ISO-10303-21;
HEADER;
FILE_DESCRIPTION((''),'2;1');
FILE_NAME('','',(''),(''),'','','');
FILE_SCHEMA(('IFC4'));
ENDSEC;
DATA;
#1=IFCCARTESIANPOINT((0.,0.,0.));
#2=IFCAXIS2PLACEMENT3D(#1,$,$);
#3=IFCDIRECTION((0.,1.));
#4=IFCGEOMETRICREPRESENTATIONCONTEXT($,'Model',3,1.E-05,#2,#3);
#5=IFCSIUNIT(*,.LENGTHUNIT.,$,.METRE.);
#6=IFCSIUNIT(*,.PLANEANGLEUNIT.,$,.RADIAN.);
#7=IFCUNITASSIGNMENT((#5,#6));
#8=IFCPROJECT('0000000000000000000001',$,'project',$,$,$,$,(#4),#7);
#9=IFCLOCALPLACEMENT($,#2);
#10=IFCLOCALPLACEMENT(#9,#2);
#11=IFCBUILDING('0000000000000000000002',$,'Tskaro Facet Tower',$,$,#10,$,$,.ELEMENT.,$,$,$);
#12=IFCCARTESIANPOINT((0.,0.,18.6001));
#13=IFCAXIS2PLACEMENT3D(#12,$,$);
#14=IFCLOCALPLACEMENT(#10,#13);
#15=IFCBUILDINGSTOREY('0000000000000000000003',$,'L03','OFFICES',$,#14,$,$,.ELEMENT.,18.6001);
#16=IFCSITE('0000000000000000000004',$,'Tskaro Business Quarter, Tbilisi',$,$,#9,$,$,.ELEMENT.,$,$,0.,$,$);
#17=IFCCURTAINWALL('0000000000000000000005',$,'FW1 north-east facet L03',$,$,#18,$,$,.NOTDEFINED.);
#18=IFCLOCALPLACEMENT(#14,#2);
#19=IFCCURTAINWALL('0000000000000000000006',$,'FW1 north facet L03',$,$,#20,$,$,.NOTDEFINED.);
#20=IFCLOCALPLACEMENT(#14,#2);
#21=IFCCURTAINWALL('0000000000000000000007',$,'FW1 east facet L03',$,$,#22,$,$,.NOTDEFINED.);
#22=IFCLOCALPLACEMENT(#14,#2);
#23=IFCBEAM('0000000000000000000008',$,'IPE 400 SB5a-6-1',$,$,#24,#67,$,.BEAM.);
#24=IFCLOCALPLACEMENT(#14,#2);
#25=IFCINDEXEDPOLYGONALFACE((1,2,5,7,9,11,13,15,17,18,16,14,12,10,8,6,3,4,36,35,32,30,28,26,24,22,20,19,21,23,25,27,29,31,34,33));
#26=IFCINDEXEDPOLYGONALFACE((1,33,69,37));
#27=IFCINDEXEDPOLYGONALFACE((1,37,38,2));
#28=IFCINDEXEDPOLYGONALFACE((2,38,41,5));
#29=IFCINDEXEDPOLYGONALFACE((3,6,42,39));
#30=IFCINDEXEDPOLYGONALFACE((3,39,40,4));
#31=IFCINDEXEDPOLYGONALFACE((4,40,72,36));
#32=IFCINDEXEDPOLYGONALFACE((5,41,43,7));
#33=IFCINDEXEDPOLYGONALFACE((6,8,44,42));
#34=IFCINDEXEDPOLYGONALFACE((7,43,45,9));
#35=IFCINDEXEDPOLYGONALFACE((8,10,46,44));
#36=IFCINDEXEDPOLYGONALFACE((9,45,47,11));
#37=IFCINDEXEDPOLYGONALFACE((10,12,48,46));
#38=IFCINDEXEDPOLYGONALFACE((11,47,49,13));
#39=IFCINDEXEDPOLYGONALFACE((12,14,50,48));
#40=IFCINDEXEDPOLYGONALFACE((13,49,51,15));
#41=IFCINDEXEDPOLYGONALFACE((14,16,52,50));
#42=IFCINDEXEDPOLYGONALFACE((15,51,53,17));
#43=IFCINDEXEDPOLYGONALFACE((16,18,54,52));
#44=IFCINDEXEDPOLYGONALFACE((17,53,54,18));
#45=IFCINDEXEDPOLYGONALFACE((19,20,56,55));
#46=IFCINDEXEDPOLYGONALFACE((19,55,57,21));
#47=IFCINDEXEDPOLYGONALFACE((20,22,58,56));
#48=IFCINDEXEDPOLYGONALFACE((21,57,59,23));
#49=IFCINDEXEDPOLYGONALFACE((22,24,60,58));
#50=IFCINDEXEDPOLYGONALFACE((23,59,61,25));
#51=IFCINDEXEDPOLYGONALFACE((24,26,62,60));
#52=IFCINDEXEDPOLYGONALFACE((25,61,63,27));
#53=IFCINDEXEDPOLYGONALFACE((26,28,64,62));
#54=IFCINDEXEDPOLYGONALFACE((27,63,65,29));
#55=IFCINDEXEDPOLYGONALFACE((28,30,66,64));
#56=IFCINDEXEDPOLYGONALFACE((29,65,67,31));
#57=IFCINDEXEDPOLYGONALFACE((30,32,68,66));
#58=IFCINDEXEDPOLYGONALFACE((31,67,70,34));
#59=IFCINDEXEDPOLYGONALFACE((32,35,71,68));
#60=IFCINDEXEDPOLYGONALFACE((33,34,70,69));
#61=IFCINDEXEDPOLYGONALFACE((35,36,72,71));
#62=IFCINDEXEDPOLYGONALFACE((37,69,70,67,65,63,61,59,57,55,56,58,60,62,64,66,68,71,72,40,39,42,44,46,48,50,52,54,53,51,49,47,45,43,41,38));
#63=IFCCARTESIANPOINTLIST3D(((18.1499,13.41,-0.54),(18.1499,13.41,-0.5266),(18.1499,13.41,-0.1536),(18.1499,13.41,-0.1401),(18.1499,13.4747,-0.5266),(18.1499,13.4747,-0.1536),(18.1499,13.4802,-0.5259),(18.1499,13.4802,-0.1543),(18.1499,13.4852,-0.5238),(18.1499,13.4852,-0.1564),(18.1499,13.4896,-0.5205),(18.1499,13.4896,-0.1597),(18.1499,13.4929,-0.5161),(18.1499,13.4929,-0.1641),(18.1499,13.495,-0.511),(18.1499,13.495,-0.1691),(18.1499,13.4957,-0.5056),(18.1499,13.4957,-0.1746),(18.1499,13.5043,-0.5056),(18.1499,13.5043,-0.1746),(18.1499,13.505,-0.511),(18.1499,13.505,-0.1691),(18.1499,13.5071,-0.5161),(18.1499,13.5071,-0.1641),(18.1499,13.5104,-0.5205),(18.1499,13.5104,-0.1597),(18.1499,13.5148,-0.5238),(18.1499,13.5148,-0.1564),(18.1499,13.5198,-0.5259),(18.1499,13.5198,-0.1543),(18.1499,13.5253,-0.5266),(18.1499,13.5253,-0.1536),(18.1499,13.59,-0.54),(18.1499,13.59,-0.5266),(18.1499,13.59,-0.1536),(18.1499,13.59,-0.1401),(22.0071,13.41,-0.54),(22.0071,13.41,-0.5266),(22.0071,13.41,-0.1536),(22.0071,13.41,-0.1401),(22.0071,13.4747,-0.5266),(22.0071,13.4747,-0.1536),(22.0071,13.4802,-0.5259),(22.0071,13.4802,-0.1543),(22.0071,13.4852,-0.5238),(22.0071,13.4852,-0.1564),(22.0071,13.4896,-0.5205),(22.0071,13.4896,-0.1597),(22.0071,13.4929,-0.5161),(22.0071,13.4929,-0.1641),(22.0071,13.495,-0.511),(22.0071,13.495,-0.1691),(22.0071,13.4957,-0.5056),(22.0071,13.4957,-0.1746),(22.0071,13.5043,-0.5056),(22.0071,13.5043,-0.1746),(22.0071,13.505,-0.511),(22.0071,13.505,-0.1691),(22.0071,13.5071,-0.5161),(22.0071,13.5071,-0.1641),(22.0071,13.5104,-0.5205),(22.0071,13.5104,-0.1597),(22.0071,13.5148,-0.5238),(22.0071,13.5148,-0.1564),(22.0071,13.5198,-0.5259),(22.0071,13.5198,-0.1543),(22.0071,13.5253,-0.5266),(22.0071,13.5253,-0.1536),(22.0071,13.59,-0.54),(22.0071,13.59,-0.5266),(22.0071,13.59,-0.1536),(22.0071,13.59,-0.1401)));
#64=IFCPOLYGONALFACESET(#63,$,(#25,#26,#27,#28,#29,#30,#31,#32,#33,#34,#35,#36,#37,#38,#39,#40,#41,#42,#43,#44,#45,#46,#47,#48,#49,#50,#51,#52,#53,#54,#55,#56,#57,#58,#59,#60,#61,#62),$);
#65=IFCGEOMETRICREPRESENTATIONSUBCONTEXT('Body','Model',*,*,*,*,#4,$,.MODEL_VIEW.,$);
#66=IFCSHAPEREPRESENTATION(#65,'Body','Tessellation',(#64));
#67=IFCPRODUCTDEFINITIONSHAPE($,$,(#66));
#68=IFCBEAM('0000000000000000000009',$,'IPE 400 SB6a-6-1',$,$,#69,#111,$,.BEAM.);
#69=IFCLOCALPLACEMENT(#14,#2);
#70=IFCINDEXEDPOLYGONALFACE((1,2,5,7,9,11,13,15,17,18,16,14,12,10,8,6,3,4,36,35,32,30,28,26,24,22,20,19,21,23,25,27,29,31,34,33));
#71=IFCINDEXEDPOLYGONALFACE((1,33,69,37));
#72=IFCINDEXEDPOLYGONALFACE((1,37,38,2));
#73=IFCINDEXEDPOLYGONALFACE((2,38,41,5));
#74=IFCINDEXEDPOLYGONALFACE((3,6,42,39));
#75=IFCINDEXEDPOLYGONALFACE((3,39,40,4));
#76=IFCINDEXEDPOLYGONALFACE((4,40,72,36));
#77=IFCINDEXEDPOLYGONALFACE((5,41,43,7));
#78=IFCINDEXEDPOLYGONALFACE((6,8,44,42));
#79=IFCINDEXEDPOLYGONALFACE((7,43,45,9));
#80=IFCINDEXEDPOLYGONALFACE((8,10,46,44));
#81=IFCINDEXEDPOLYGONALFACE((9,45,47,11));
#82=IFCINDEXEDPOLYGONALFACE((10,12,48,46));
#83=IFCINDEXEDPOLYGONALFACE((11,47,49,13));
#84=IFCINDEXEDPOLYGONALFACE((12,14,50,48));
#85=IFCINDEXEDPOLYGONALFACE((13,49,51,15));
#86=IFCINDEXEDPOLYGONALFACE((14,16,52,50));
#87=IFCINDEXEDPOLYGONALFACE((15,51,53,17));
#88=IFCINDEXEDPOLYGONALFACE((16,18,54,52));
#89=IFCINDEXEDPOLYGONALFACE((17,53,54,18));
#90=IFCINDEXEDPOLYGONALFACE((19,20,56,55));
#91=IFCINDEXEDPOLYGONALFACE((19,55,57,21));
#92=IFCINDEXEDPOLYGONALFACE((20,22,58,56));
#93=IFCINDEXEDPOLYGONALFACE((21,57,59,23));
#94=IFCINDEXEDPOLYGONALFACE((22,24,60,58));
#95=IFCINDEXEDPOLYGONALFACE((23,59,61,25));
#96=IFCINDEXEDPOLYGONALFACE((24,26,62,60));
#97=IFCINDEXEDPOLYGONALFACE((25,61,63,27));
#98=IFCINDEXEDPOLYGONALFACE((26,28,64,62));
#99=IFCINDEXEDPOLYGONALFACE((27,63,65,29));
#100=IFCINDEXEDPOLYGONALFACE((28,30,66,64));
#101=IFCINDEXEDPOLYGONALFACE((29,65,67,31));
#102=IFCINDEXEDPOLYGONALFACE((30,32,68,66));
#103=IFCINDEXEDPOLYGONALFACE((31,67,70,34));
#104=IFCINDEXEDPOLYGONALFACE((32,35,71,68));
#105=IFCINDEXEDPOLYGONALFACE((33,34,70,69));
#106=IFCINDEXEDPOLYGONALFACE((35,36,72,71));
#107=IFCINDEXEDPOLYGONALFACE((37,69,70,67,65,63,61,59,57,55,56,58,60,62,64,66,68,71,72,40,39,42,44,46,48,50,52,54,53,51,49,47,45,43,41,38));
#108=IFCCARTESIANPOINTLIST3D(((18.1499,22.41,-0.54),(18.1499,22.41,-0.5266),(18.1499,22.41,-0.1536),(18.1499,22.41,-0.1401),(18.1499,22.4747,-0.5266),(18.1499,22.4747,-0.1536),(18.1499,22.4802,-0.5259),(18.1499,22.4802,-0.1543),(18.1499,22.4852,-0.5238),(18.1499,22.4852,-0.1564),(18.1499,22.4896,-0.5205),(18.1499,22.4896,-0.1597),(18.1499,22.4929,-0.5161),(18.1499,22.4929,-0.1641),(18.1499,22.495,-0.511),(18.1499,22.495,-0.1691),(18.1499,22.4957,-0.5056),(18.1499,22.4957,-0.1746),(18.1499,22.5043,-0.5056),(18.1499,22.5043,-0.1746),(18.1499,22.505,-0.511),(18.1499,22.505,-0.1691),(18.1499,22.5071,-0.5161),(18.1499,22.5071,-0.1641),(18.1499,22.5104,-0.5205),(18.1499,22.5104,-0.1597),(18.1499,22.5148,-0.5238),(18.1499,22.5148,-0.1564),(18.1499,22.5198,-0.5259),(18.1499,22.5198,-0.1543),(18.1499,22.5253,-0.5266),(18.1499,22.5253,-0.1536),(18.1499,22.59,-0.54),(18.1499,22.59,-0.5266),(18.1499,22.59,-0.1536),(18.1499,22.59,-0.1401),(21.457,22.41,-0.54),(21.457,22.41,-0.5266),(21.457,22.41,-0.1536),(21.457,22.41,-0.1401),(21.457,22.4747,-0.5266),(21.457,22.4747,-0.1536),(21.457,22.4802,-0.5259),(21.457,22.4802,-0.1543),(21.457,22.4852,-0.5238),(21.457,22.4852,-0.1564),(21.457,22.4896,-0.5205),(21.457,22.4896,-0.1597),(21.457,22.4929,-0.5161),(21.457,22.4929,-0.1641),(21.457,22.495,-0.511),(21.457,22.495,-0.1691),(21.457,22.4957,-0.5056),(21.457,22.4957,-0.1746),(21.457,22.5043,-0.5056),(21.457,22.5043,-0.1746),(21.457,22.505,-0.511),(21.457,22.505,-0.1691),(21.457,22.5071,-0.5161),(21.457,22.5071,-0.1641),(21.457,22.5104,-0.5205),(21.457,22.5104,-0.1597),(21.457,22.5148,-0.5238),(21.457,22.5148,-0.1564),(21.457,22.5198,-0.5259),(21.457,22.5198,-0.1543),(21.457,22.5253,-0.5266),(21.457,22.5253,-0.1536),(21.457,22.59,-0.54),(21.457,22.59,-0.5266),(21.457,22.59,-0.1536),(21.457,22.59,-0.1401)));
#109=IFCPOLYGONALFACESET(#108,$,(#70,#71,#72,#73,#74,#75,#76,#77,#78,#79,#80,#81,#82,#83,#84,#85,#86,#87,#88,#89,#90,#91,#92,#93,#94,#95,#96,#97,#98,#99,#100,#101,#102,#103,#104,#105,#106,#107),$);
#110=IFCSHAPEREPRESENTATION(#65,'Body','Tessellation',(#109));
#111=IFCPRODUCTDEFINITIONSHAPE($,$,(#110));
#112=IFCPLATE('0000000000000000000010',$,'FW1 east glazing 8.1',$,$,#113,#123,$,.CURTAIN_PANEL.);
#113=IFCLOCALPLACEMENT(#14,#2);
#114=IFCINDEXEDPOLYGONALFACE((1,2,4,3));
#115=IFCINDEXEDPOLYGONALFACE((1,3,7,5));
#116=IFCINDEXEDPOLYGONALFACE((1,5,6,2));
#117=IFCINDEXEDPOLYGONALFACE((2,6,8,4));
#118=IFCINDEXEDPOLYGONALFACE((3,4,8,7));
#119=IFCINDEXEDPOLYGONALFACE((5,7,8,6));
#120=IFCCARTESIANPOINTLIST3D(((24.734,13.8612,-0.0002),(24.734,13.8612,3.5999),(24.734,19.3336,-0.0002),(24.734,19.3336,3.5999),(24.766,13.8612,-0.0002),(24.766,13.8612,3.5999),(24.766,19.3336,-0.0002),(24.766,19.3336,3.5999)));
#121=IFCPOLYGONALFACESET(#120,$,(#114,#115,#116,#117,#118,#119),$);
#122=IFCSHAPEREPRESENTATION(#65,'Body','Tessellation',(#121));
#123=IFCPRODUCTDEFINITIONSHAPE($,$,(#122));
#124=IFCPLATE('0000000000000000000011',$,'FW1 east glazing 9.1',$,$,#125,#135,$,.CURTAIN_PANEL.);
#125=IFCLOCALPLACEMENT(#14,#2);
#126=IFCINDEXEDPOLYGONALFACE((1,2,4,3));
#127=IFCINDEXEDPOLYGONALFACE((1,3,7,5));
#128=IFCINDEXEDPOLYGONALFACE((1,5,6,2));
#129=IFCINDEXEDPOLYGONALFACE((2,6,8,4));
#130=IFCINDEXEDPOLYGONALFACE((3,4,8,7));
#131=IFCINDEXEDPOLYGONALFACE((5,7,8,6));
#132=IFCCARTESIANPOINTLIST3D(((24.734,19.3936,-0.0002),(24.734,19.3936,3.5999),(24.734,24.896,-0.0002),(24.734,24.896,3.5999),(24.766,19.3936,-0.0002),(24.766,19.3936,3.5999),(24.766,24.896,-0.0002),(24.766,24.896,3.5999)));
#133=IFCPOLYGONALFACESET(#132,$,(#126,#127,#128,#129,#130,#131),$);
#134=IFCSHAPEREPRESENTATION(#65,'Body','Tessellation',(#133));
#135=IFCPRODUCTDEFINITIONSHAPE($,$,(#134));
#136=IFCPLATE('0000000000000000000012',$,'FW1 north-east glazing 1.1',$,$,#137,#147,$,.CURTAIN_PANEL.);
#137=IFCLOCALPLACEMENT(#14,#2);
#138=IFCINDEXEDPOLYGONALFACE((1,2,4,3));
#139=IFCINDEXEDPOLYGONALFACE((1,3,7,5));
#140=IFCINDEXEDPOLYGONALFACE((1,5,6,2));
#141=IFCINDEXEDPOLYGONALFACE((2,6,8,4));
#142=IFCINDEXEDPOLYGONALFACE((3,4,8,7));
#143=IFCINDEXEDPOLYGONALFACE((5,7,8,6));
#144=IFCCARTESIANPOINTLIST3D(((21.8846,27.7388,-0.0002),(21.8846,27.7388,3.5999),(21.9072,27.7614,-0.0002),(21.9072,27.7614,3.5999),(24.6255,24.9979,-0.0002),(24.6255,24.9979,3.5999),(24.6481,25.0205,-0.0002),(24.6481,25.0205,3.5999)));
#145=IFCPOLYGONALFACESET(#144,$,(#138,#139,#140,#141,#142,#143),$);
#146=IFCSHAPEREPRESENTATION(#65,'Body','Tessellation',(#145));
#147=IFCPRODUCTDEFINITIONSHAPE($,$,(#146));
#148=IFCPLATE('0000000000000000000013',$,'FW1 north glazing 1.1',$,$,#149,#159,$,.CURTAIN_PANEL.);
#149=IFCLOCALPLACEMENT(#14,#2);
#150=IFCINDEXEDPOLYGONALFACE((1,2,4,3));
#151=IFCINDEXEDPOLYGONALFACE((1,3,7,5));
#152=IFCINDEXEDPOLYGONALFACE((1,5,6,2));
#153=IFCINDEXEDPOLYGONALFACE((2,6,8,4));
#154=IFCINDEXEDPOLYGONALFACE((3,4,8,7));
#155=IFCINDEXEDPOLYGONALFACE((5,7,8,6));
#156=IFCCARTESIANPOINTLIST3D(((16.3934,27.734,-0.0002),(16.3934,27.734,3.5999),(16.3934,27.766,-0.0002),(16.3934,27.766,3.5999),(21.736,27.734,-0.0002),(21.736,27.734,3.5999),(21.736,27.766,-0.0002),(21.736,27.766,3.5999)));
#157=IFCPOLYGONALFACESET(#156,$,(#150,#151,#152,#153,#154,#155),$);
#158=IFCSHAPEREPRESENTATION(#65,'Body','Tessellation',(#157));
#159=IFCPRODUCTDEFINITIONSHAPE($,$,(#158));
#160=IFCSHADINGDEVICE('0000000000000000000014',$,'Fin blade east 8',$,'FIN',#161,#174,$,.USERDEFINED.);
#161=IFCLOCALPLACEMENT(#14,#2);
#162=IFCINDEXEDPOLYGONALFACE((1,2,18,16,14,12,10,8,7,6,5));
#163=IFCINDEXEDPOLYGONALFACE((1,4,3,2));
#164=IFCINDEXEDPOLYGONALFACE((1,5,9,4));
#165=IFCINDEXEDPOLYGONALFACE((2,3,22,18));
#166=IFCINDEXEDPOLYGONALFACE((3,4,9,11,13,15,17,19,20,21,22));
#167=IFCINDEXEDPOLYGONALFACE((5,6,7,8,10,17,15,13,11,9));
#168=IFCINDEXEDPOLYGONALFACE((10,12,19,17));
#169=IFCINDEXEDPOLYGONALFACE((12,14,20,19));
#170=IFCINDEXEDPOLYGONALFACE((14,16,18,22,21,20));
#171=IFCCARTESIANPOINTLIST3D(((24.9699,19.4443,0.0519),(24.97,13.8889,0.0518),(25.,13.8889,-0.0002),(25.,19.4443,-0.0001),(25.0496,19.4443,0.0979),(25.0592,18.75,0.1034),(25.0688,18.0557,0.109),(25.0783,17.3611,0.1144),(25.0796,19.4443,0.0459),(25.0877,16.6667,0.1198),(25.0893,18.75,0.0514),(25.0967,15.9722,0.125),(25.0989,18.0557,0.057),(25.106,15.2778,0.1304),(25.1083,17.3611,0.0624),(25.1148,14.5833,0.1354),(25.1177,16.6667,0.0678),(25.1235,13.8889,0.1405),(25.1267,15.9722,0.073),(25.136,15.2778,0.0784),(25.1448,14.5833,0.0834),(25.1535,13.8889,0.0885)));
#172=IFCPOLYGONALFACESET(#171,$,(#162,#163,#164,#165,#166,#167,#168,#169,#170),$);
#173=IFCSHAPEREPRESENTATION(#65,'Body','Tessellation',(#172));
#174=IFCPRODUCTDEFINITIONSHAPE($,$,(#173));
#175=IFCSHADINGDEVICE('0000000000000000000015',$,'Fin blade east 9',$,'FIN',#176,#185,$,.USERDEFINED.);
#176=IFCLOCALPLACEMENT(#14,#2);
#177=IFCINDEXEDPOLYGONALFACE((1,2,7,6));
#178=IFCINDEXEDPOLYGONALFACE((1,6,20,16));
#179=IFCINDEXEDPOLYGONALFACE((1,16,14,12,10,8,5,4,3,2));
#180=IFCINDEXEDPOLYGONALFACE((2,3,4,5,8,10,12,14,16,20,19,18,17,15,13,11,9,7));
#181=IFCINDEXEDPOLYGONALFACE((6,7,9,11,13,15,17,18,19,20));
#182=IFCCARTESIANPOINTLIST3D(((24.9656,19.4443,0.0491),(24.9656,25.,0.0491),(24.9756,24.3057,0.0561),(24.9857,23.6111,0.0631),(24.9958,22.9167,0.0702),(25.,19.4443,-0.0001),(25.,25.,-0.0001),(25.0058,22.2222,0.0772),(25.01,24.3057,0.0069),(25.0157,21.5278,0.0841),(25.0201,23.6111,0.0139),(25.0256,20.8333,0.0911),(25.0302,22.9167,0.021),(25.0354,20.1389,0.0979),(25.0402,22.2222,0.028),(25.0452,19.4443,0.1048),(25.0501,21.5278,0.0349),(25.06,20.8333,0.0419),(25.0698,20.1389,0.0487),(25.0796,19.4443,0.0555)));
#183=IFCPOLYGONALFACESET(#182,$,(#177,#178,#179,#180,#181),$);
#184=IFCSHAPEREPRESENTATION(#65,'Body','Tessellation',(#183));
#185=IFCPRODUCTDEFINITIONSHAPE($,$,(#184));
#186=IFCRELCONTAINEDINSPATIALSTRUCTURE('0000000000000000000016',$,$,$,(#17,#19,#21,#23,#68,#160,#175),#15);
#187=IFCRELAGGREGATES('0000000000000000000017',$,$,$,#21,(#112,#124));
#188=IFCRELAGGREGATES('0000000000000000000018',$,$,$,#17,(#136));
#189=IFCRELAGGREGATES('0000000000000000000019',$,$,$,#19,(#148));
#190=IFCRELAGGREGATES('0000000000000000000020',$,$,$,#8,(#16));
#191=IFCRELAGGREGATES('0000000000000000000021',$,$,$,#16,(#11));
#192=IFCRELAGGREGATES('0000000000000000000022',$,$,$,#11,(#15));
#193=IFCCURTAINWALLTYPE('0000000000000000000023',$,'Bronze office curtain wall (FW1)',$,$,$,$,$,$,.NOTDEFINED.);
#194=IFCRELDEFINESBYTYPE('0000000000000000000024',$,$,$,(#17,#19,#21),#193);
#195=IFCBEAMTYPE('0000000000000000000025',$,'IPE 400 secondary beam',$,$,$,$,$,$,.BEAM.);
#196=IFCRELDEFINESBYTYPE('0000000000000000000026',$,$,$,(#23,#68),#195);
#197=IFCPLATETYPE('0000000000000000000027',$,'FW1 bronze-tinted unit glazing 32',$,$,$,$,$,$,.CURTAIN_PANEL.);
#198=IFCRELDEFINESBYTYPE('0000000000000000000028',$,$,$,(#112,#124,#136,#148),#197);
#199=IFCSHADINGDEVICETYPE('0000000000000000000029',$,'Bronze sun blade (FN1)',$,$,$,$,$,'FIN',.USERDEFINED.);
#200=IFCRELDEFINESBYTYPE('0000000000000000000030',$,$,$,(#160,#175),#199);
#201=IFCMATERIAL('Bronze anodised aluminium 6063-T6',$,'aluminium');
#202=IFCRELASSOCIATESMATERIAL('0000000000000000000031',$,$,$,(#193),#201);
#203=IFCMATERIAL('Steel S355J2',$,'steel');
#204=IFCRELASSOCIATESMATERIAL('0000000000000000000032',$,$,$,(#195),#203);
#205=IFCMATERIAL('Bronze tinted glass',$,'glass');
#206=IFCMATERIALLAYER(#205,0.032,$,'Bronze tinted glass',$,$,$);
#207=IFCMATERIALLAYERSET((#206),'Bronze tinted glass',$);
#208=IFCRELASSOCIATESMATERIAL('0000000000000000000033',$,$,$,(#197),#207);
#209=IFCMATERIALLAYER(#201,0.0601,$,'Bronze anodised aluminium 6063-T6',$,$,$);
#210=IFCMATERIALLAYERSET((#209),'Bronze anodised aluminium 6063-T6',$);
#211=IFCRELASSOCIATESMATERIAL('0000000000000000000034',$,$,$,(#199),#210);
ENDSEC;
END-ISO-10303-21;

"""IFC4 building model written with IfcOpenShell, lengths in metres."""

from ifc_helpers import new_model, si_unit, direction, frame, origin, origin_2d, place, context, subcontext, project, spatial, polyline, rectangle, i_section, outline, extrude, material, layer, layer_set, material_profile, profile_set, type_object, element, aggregate, save


model = new_model("IFC4")

# Units and contexts
model_context = context("Model", 3, precision=1e-05, world=origin(), true_north=direction((0.0, 1.0)))
body_context = subcontext(model_context, "Body", "Model", "MODEL_VIEW")
ifc_project = project(units=[si_unit("LENGTHUNIT", "METRE"), si_unit("PLANEANGLEUNIT", "RADIAN")], contexts=[model_context])

# Site, building, storey
site_placement = place(None, origin())
site = spatial("IfcSite", under=ifc_project, at=site_placement, Name="Tskaro Business Quarter, Tbilisi", CompositionType="ELEMENT", RefElevation=0.0)
building_placement = place(site_placement, origin())
building = spatial("IfcBuilding", under=site, at=building_placement, Name="Tskaro Facet Tower", CompositionType="ELEMENT")
storey_placement = place(building_placement, frame((0.0, 0.0, 18.6001)))
storey = spatial("IfcBuildingStorey", under=building, at=storey_placement, Name="L03", Description="OFFICES", CompositionType="ELEMENT", Elevation=18.6001)

# Curtain walls
ifc_material_1 = material(Name="Bronze anodised aluminium 6063-T6", Category="aluminium")
curtain_wall_type = type_object("IfcCurtainWallType", Name="Bronze office curtain wall (FW1)", PredefinedType="NOTDEFINED", material=ifc_material_1)
curtain_wall_1_placement = place(storey_placement, origin())
curtain_wall_1 = element("IfcCurtainWall", 1, at=curtain_wall_1_placement, inside=storey, type_object=curtain_wall_type, Name="FW1 north-east facet L03", PredefinedType="NOTDEFINED")
curtain_wall_2_placement = place(storey_placement, origin())
curtain_wall_2 = element("IfcCurtainWall", 2, at=curtain_wall_2_placement, inside=storey, type_object=curtain_wall_type, Name="FW1 north facet L03", PredefinedType="NOTDEFINED")

# Curtain wall
curtain_wall_3_placement = place(storey_placement, origin())
curtain_wall_3 = element("IfcCurtainWall", 3, at=curtain_wall_3_placement, inside=storey, type_object=curtain_wall_type, Name="FW1 east facet L03", PredefinedType="NOTDEFINED")

# Beams
ifc_material_2 = material(Name="Steel S355J2", Category="steel")
ifc_material_profile_1 = material_profile(ifc_material_2, i_section(OverallWidth=0.1799, OverallDepth=0.3999, WebThickness=0.0085, FlangeThickness=0.0134, FilletRadius=0.021, at=origin_2d()), Name="IPE 400")
ifc_profile_set_1 = profile_set([ifc_material_profile_1], Name="Steel S355J2")
beam_type_1 = type_object("IfcBeamType", Name="IPE 400 secondary beam", PredefinedType="BEAM", material=ifc_profile_set_1)
beam_1_placement = place(storey_placement, frame((18.1499, 13.5, -0.3401), z_axis=(1.0, 0.0, 0.0), x_axis=(0.0, 1.0, 0.0)))
element("IfcBeam", 4, at=beam_1_placement, inside=storey, type_object=beam_type_1, Name="IPE 400 SB5a-6-1", PredefinedType="BEAM", context=body_context, shape_type="SweptSolid", body=[
    extrude(i_section(OverallWidth=0.1799, OverallDepth=0.3999, WebThickness=0.0085, FlangeThickness=0.0134, FilletRadius=0.021, at=origin_2d()), origin(), (0.0, 0.0, 1.0), 3.8572),
])
beam_2_placement = place(storey_placement, frame((18.1499, 22.5, -0.3401), z_axis=(1.0, 0.0, 0.0), x_axis=(0.0, 1.0, 0.0)))
element("IfcBeam", 5, at=beam_2_placement, inside=storey, type_object=beam_type_1, Name="IPE 400 SB6a-6-1", PredefinedType="BEAM", context=body_context, shape_type="SweptSolid", body=[
    extrude(i_section(OverallWidth=0.1799, OverallDepth=0.3999, WebThickness=0.0085, FlangeThickness=0.0134, FilletRadius=0.021, at=origin_2d()), origin(), (0.0, 0.0, 1.0), 3.3071),
])

# Plates
ifc_material_3 = material(Name="Bronze tinted glass", Category="glass")
ifc_layer_1 = layer(ifc_material_3, 0.032, Name="Bronze tinted glass")
ifc_layer_set_1 = layer_set([ifc_layer_1], Name="Bronze tinted glass")
plate_type = type_object("IfcPlateType", Name="FW1 bronze-tinted unit glazing 32", PredefinedType="CURTAIN_PANEL", material=ifc_layer_set_1)
plate_1_placement = place(storey_placement, frame((24.75, 16.5974, -0.0002), z_axis=(0.0, 0.0, 1.0), x_axis=(0.0, 1.0, 0.0)))
plate_1 = element("IfcPlate", 6, at=plate_1_placement, type_object=plate_type, Name="FW1 east glazing 8.1", PredefinedType="CURTAIN_PANEL", context=body_context, shape_type="SweptSolid", body=[
    extrude(rectangle(XDim=5.4724, YDim=0.032, at=origin_2d()), origin(), (0.0, 0.0, 1.0), 3.6001),
])
plate_2_placement = place(storey_placement, frame((24.75, 22.1448, -0.0002), z_axis=(0.0, 0.0, 1.0), x_axis=(0.0, 1.0, 0.0)))
plate_2 = element("IfcPlate", 7, at=plate_2_placement, type_object=plate_type, Name="FW1 east glazing 9.1", PredefinedType="CURTAIN_PANEL", context=body_context, shape_type="SweptSolid", body=[
    extrude(rectangle(XDim=5.5024, YDim=0.032, at=origin_2d()), origin(), (0.0, 0.0, 1.0), 3.6001),
])
aggregate(curtain_wall_3, [plate_1, plate_2])
plate_3_placement = place(storey_placement, frame((23.2664, 26.3796, -0.0002), z_axis=(0.0, 0.0, 1.0), x_axis=(-0.707107, 0.707107, 0.0)))
plate_3 = element("IfcPlate", 8, at=plate_3_placement, type_object=plate_type, Name="FW1 north-east glazing 1.1", PredefinedType="CURTAIN_PANEL", context=body_context, shape_type="SweptSolid", body=[
    extrude(rectangle(XDim=3.8762, YDim=0.032, at=origin_2d()), origin(), (0.0, 0.0, 1.0), 3.6001),
])
aggregate(curtain_wall_1, [plate_3])
plate_4_placement = place(storey_placement, frame((19.0647, 27.75, -0.0002), z_axis=(0.0, 0.0, 1.0), x_axis=(-1.0, 0.0, 0.0)))
plate_4 = element("IfcPlate", 9, at=plate_4_placement, type_object=plate_type, Name="FW1 north glazing 1.1", PredefinedType="CURTAIN_PANEL", context=body_context, shape_type="SweptSolid", body=[
    extrude(rectangle(XDim=5.3425, YDim=0.032, at=origin_2d()), origin(), (0.0, 0.0, 1.0), 3.6001),
])
aggregate(curtain_wall_2, [plate_4])

# Shading devices
ifc_layer_2 = layer(ifc_material_1, 0.0601, Name="Bronze anodised aluminium 6063-T6")
ifc_layer_set_2 = layer_set([ifc_layer_2], Name="Bronze anodised aluminium 6063-T6")
shading_device_type = type_object("IfcShadingDeviceType", Name="Bronze sun blade (FN1)", ElementType="FIN", PredefinedType="USERDEFINED", material=ifc_layer_set_2)
shading_device_1_placement = place(storey_placement, frame((24.97, 13.8889, 0.0518), z_axis=(-0.50033, -0.00002, 0.865835), x_axis=(-0.00001, 1.0, 0.000017)))
element("IfcShadingDevice", 10, at=shading_device_1_placement, inside=storey, type_object=shading_device_type, Name="Fin blade east 8", ObjectType="FIN", PredefinedType="USERDEFINED", context=body_context, shape_type="SweptSolid", body=[
    extrude(outline(polyline([(0.0, 0.0), (5.5554, 0.0), (5.5554, -0.092), (4.8611, -0.1031), (4.1667, -0.1142), (3.4722, -0.1251), (2.7778, -0.136), (2.0833, -0.1464), (1.3889, -0.1571), (0.6943, -0.1672), (0.0, -0.1773), (0.0, 0.0)])), origin(), (0.0, 0.0, -1.0), 0.0601),
])
shading_device_2_placement = place(storey_placement, frame((24.9656, 19.4443, 0.0491), z_axis=(-0.573295, -0.000004, 0.819349), x_axis=(-0.000002, 1.0, 0.000003)))
element("IfcShadingDevice", 11, at=shading_device_2_placement, inside=storey, type_object=shading_device_type, Name="Fin blade east 9", ObjectType="FIN", PredefinedType="USERDEFINED", context=body_context, shape_type="SweptSolid", body=[
    extrude(outline(polyline([(0.0, 0.0), (5.5557, 0.0), (4.8613, -0.0123), (4.1667, -0.0245), (3.4724, -0.0368), (2.7778, -0.0491), (2.0835, -0.0612), (1.3889, -0.0733), (0.6946, -0.0852), (0.0, -0.0971), (0.0, 0.0)])), origin(), (0.0, 0.0, -1.0), 0.0601),
])

save(model, "model.ifc")
